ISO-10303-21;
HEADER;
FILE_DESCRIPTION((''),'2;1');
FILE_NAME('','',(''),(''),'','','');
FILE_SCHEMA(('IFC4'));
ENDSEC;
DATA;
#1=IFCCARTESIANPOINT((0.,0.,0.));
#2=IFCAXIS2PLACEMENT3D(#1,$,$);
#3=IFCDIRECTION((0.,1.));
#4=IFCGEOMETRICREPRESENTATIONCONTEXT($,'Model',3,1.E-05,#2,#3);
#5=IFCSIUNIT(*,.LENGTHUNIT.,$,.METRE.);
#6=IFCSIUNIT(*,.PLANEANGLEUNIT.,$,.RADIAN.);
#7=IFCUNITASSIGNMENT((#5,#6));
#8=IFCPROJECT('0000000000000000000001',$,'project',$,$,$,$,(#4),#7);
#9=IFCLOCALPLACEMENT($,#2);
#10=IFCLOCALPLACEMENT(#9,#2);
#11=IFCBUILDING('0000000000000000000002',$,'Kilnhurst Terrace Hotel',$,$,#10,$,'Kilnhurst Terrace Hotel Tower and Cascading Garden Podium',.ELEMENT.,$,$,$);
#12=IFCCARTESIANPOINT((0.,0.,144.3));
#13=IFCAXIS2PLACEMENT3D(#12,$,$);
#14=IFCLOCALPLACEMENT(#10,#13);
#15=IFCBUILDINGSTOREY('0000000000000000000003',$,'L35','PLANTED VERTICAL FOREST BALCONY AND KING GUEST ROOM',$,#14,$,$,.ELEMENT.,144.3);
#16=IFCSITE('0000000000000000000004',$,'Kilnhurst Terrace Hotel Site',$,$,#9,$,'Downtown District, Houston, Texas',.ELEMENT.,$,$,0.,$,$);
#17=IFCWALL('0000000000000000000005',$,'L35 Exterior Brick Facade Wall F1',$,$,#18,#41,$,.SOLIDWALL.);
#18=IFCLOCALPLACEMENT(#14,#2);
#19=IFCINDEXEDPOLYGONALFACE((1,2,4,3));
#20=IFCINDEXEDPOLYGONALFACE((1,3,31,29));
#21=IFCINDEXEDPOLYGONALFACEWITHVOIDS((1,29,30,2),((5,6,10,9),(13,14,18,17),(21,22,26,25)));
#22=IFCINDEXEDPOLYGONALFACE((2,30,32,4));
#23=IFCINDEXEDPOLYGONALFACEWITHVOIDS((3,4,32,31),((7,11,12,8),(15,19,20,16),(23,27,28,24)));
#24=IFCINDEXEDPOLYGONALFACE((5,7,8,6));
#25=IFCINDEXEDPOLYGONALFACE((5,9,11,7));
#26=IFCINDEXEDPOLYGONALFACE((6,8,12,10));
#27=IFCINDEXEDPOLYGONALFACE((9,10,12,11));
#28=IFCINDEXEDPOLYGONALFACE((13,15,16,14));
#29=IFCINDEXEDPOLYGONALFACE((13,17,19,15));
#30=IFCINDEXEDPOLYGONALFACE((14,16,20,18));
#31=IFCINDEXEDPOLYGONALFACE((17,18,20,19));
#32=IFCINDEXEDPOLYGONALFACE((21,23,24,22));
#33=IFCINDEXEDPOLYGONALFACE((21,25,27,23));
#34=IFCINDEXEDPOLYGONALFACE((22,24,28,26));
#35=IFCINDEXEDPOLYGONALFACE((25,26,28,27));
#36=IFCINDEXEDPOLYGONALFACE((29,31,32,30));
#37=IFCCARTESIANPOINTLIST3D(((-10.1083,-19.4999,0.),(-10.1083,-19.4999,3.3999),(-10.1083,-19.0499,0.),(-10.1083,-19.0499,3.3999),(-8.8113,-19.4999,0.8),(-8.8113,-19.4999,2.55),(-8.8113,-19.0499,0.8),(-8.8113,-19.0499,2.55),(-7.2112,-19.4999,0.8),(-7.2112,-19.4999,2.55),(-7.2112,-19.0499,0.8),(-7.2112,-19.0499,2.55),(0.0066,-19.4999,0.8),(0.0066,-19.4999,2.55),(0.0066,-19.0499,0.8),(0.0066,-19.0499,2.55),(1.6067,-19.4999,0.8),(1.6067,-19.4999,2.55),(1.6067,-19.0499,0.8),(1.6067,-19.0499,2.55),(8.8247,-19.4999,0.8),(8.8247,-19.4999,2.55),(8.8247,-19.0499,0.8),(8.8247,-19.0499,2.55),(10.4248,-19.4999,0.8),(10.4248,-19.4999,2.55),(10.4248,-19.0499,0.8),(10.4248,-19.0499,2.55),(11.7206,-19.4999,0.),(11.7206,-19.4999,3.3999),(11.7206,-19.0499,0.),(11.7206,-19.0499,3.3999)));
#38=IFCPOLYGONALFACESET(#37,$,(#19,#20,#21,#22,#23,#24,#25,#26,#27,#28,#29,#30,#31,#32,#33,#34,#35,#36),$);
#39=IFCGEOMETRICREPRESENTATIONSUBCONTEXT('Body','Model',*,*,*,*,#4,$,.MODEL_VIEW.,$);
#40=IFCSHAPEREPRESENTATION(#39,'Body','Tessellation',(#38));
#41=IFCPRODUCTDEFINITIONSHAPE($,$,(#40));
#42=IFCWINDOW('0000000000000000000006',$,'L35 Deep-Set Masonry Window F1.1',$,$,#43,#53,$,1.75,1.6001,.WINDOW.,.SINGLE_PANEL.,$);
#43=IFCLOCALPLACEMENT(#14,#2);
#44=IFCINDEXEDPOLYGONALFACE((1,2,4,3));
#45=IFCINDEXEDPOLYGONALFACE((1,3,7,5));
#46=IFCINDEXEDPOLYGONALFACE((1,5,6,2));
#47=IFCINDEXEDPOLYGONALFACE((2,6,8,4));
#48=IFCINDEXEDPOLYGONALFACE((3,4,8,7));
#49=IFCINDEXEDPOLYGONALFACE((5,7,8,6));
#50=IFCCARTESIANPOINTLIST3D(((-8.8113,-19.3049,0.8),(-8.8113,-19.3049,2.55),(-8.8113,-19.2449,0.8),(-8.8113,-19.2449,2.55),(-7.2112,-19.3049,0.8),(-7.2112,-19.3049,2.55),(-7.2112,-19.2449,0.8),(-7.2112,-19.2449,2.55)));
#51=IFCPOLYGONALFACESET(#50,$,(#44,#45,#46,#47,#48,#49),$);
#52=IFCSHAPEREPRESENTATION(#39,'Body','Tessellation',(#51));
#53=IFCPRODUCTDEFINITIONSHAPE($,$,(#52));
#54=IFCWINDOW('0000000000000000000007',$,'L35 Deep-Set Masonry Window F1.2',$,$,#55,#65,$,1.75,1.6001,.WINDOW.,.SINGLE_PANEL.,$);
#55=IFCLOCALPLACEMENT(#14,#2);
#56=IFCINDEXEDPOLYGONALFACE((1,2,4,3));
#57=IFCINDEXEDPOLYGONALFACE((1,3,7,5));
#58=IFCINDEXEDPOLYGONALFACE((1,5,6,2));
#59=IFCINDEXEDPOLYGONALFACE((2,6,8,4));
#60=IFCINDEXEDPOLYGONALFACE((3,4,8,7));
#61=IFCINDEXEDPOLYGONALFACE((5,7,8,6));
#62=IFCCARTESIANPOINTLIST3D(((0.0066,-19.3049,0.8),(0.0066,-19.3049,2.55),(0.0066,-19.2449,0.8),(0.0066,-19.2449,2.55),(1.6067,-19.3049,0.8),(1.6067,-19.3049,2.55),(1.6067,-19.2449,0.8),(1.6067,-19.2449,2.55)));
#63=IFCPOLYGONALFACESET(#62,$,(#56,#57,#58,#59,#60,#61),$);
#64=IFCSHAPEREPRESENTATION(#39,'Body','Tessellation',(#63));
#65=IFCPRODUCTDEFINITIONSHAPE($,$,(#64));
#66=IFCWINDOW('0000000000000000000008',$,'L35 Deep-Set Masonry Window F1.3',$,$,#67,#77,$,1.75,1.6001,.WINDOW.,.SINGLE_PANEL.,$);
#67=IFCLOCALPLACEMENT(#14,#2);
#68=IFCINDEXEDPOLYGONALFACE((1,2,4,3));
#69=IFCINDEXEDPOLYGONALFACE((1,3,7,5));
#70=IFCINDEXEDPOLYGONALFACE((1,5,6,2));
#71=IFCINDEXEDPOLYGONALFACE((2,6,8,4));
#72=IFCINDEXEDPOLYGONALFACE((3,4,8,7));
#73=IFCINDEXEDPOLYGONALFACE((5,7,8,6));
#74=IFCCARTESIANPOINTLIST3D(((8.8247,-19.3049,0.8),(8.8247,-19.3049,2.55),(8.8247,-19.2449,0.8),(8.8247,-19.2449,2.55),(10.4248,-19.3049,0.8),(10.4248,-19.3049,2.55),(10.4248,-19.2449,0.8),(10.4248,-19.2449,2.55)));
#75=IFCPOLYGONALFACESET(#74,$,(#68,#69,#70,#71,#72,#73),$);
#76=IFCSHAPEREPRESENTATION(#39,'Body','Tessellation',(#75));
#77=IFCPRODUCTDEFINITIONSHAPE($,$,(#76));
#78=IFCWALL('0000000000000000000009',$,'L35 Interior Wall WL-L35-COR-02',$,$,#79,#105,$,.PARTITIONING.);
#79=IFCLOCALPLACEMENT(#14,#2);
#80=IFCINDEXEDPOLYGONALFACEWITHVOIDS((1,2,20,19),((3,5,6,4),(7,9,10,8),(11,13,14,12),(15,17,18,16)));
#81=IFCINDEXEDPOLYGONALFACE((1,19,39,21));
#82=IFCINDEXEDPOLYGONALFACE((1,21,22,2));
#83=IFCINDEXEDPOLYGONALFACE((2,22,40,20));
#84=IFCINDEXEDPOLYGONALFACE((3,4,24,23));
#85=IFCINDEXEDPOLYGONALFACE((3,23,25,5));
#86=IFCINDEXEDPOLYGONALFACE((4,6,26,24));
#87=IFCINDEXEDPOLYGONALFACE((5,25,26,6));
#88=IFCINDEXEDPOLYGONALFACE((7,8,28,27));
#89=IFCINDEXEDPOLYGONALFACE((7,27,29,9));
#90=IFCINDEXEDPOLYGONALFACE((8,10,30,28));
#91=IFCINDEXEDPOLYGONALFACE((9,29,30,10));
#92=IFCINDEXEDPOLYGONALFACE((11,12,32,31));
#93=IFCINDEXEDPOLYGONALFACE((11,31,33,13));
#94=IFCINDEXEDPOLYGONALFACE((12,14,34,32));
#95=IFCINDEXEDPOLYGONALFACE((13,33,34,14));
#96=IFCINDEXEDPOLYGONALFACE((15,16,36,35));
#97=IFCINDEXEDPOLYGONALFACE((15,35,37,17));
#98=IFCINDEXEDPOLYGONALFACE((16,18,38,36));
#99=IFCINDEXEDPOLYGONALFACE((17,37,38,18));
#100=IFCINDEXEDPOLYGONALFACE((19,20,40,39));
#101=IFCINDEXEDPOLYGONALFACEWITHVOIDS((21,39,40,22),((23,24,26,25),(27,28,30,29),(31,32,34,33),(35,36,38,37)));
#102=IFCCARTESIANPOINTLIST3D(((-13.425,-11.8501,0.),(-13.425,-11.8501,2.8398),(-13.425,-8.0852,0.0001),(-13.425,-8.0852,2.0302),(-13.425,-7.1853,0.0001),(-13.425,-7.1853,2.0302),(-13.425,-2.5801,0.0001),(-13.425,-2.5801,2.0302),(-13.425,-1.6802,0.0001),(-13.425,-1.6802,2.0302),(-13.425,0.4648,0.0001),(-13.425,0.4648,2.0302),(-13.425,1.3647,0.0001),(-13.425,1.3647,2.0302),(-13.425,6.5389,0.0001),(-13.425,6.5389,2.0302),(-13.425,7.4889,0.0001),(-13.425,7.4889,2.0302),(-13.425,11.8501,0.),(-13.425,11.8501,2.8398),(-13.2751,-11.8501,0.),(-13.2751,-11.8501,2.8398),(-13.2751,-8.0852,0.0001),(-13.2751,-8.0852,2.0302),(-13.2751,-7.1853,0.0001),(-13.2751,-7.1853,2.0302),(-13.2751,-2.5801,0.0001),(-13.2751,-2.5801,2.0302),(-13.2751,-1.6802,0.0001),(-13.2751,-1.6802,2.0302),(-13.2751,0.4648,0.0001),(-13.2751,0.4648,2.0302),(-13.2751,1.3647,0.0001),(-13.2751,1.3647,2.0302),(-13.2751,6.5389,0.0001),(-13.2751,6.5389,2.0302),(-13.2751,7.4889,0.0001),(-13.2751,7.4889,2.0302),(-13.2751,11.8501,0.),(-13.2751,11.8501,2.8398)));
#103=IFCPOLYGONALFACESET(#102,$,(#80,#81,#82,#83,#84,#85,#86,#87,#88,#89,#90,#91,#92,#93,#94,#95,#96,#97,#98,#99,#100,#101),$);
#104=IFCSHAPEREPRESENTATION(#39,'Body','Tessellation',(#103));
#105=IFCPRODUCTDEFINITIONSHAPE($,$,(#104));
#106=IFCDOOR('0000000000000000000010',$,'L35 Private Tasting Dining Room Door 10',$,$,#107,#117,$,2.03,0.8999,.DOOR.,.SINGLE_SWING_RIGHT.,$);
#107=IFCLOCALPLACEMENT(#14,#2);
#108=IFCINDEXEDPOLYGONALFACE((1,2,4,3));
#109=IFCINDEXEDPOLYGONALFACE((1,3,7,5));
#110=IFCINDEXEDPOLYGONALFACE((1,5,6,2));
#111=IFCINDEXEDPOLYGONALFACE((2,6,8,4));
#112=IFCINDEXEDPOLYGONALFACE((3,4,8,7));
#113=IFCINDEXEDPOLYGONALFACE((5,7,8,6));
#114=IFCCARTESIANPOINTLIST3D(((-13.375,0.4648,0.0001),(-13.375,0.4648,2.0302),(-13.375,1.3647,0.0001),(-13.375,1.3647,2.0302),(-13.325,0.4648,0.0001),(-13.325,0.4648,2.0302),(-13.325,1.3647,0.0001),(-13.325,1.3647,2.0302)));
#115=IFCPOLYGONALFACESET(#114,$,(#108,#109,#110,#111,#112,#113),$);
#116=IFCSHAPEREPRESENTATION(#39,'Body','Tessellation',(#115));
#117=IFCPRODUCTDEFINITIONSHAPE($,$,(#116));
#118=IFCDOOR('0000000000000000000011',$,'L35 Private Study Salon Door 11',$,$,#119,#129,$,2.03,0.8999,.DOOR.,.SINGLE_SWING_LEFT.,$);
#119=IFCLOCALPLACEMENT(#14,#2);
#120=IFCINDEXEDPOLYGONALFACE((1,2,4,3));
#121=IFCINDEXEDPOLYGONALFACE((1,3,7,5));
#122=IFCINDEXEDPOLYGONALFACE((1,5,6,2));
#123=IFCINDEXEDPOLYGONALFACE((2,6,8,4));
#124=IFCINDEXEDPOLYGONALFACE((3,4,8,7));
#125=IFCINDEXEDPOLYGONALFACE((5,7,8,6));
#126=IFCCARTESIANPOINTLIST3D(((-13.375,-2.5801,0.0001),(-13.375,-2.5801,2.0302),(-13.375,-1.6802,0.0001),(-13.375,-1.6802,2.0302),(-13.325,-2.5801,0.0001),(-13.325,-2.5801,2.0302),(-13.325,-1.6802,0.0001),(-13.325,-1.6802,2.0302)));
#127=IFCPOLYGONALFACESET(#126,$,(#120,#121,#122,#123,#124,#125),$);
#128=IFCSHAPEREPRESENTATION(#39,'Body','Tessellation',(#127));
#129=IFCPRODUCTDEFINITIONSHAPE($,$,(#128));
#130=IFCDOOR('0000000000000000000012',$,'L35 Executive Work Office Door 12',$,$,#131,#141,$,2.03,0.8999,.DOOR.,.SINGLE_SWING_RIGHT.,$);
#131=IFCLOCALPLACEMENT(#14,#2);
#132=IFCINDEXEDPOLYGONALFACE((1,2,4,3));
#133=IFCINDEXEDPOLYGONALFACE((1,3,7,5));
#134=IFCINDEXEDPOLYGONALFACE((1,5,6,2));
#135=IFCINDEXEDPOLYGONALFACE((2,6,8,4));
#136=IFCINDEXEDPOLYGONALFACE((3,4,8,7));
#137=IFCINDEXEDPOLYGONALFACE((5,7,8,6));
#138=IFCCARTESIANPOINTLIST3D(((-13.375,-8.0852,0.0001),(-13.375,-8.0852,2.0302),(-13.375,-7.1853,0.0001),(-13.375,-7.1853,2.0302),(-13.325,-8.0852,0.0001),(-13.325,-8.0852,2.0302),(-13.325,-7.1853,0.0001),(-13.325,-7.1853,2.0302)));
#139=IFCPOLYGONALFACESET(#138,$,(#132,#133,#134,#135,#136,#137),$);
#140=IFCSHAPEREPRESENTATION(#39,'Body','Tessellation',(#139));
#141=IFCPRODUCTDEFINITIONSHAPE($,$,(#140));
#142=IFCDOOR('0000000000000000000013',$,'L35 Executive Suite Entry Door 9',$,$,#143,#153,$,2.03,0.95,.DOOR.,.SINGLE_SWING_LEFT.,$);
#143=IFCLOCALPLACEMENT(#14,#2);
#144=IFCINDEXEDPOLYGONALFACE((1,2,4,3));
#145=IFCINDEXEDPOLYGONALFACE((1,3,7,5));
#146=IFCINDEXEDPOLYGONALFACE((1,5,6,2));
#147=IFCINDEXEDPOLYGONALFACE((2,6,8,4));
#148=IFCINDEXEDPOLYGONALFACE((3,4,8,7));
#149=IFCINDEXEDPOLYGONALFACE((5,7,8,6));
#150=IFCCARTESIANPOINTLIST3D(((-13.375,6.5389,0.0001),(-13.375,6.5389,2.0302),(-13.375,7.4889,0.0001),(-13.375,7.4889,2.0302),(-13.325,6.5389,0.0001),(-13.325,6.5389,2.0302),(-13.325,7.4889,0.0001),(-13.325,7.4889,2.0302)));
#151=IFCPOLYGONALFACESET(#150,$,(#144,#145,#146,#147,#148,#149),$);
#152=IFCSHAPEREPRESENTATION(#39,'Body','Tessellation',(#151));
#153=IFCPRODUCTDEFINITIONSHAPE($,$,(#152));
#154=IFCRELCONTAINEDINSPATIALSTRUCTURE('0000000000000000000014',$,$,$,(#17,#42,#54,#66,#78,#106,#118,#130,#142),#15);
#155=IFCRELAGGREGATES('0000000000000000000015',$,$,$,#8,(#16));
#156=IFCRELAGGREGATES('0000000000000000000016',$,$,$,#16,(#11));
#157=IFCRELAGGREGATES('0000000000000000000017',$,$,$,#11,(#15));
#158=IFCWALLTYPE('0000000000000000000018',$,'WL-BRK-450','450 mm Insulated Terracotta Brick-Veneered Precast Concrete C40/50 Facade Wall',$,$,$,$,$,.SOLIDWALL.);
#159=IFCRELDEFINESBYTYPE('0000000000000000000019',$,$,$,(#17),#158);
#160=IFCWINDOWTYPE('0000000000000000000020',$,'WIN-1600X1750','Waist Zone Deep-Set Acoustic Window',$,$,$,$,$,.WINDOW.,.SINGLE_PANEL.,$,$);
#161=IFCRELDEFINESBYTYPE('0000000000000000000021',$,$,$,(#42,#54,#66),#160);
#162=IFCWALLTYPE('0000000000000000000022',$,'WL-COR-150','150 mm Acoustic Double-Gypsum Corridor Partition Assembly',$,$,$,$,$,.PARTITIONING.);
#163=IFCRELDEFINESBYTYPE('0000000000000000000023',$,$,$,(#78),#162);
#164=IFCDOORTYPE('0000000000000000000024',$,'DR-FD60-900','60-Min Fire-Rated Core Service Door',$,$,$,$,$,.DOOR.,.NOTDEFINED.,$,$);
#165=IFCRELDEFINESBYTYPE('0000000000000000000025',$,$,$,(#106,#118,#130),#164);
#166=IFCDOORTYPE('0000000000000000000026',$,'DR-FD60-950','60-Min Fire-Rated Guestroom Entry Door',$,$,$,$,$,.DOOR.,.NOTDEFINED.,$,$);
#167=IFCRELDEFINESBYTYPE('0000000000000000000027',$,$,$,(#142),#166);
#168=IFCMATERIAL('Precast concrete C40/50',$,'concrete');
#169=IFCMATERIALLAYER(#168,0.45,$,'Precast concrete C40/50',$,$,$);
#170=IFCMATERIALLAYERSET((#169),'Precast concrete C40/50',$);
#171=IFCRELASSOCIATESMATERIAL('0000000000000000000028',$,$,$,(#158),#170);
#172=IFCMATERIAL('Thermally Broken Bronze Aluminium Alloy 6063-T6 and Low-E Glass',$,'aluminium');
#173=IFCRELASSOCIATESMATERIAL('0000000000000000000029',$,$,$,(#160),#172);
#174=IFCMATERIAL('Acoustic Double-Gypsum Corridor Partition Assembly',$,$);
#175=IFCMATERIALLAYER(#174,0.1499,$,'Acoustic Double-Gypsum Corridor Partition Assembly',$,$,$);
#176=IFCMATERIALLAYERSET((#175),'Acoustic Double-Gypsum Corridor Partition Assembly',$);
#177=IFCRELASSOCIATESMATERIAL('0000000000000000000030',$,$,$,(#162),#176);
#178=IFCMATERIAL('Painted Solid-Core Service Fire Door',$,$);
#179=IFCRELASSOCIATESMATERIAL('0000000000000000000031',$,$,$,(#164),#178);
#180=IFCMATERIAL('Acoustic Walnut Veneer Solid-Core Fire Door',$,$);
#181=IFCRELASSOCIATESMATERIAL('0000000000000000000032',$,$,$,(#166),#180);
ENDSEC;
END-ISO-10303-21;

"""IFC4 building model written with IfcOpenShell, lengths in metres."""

from ifc_helpers import new_model, si_unit, direction, frame, frame_2d, origin, place, context, subcontext, project, spatial, rectangle, extrude, material, layer, layer_set, type_object, element, fill, save


model = new_model("IFC4")

# Units and contexts
model_context = context("Model", 3, precision=1e-05, world=origin(), true_north=direction((0.0, 1.0)))
body_context = subcontext(model_context, "Body", "Model", "MODEL_VIEW")
ifc_project = project(units=[si_unit("LENGTHUNIT", "METRE"), si_unit("PLANEANGLEUNIT", "RADIAN")], contexts=[model_context])

# Site, building, storey
site_placement = place(None, origin())
site = spatial("IfcSite", under=ifc_project, at=site_placement, Name="Kilnhurst Terrace Hotel Site", LongName="Downtown District, Houston, Texas", CompositionType="ELEMENT", RefElevation=0.0)
building_placement = place(site_placement, origin())
building = spatial("IfcBuilding", under=site, at=building_placement, Name="Kilnhurst Terrace Hotel", LongName="Kilnhurst Terrace Hotel Tower and Cascading Garden Podium", CompositionType="ELEMENT")
storey_placement = place(building_placement, frame((0.0, 0.0, 144.3)))
storey = spatial("IfcBuildingStorey", under=building, at=storey_placement, Name="L35", Description="PLANTED VERTICAL FOREST BALCONY AND KING GUEST ROOM", CompositionType="ELEMENT", Elevation=144.3)

# Shared definitions
ifc_material_1 = material(Name="Precast concrete C40/50", Category="concrete")
ifc_layer_1 = layer(ifc_material_1, 0.45, Name="Precast concrete C40/50")
ifc_layer_set_1 = layer_set([ifc_layer_1], Name="Precast concrete C40/50")
wall_type_1 = type_object("IfcWallType", Name="WL-BRK-450", Description="450 mm Insulated Terracotta Brick-Veneered Precast Concrete C40/50 Facade Wall", PredefinedType="SOLIDWALL", material=ifc_layer_set_1)

# Wall, openings, windows
wall_1_placement = place(storey_placement, frame((-10.1084, -19.2749, 0.0), z_axis=(0.0, 0.0, 1.0), x_axis=(1.0, 0.0, 0.0)))
wall_1 = element("IfcWall", 1, at=wall_1_placement, inside=storey, type_object=wall_type_1, Name="L35 Exterior Brick Facade Wall F1", PredefinedType="SOLIDWALL", context=body_context, shape_type="SweptSolid", body=[
    extrude(rectangle(XDim=21.8289, YDim=0.45, at=frame_2d((10.9146, 0.0))), origin(), (0.0, 0.0, 1.0), 3.3999),
])
opening_1_placement = place(wall_1_placement, frame((1.2971, 0.0, 0.8)))
opening_1 = element("IfcOpeningElement", 2, at=opening_1_placement, cuts=wall_1, PredefinedType="OPENING", context=body_context, shape_type="SweptSolid", body=[
    extrude(rectangle(XDim=1.6001, YDim=1.75, at=frame_2d((0.8, 0.875))), frame((0.0, 0.2349, 0.0), z_axis=(0.0, -1.0, 0.0), x_axis=(1.0, 0.0, 0.0)), (0.0, 0.0, 1.0), 0.47),
])
opening_2_placement = place(wall_1_placement, frame((10.115, 0.0, 0.8)))
opening_2 = element("IfcOpeningElement", 3, at=opening_2_placement, cuts=wall_1, PredefinedType="OPENING", context=body_context, shape_type="SweptSolid", body=[
    extrude(rectangle(XDim=1.6001, YDim=1.75, at=frame_2d((0.8, 0.875))), frame((0.0, 0.2349, 0.0), z_axis=(0.0, -1.0, 0.0), x_axis=(1.0, 0.0, 0.0)), (0.0, 0.0, 1.0), 0.47),
])
opening_3_placement = place(wall_1_placement, frame((18.9331, 0.0, 0.8)))
opening_3 = element("IfcOpeningElement", 4, at=opening_3_placement, cuts=wall_1, PredefinedType="OPENING", context=body_context, shape_type="SweptSolid", body=[
    extrude(rectangle(XDim=1.6001, YDim=1.75, at=frame_2d((0.8, 0.875))), frame((0.0, 0.2349, 0.0), z_axis=(0.0, -1.0, 0.0), x_axis=(1.0, 0.0, 0.0)), (0.0, 0.0, 1.0), 0.47),
])
ifc_material_2 = material(Name="Thermally Broken Bronze Aluminium Alloy 6063-T6 and Low-E Glass", Category="aluminium")
window_type = type_object("IfcWindowType", Name="WIN-1600X1750", Description="Waist Zone Deep-Set Acoustic Window", PartitioningType="SINGLE_PANEL", PredefinedType="WINDOW", material=ifc_material_2)
window_1_placement = place(opening_1_placement, origin())
window_1 = element("IfcWindow", 5, at=window_1_placement, inside=storey, type_object=window_type, Name="L35 Deep-Set Masonry Window F1.1", OverallHeight=1.75, OverallWidth=1.6001, PartitioningType="SINGLE_PANEL", PredefinedType="WINDOW", context=body_context, shape_type="SweptSolid", body=[
    extrude(rectangle(XDim=1.6001, YDim=1.75, at=frame_2d((0.8, 0.875))), frame((0.0, 0.03, 0.0), z_axis=(0.0, -1.0, 0.0), x_axis=(1.0, 0.0, 0.0)), (0.0, 0.0, 1.0), 0.0601),
])
fill(opening_1, window_1)
window_2_placement = place(opening_2_placement, origin())
window_2 = element("IfcWindow", 6, at=window_2_placement, inside=storey, type_object=window_type, Name="L35 Deep-Set Masonry Window F1.2", OverallHeight=1.75, OverallWidth=1.6001, PartitioningType="SINGLE_PANEL", PredefinedType="WINDOW", context=body_context, shape_type="SweptSolid", body=[
    extrude(rectangle(XDim=1.6001, YDim=1.75, at=frame_2d((0.8, 0.875))), frame((0.0, 0.03, 0.0), z_axis=(0.0, -1.0, 0.0), x_axis=(1.0, 0.0, 0.0)), (0.0, 0.0, 1.0), 0.0601),
])
fill(opening_2, window_2)
window_3_placement = place(opening_3_placement, origin())
window_3 = element("IfcWindow", 7, at=window_3_placement, inside=storey, type_object=window_type, Name="L35 Deep-Set Masonry Window F1.3", OverallHeight=1.75, OverallWidth=1.6001, PartitioningType="SINGLE_PANEL", PredefinedType="WINDOW", context=body_context, shape_type="SweptSolid", body=[
    extrude(rectangle(XDim=1.6001, YDim=1.75, at=frame_2d((0.8, 0.875))), frame((0.0, 0.03, 0.0), z_axis=(0.0, -1.0, 0.0), x_axis=(1.0, 0.0, 0.0)), (0.0, 0.0, 1.0), 0.0601),
])
fill(opening_3, window_3)

# Wall, openings, doors
ifc_material_3 = material(Name="Acoustic Double-Gypsum Corridor Partition Assembly")
ifc_layer_2 = layer(ifc_material_3, 0.1499, Name="Acoustic Double-Gypsum Corridor Partition Assembly")
ifc_layer_set_2 = layer_set([ifc_layer_2], Name="Acoustic Double-Gypsum Corridor Partition Assembly")
wall_type_2 = type_object("IfcWallType", Name="WL-COR-150", Description="150 mm Acoustic Double-Gypsum Corridor Partition Assembly", PredefinedType="PARTITIONING", material=ifc_layer_set_2)
wall_2_placement = place(storey_placement, frame((-13.3501, -11.8501, 0.0), z_axis=(0.0, 0.0, 1.0), x_axis=(0.0, 1.0, 0.0)))
wall_2 = element("IfcWall", 8, at=wall_2_placement, inside=storey, type_object=wall_type_2, Name="L35 Interior Wall WL-L35-COR-02", PredefinedType="PARTITIONING", context=body_context, shape_type="SweptSolid", body=[
    extrude(rectangle(XDim=23.7002, YDim=0.1499, at=frame_2d((11.8501, 0.0))), origin(), (0.0, 0.0, 1.0), 2.8398),
])
opening_4_placement = place(wall_2_placement, frame((18.3889, 0.0, 0.0)))
opening_4 = element("IfcOpeningElement", 9, at=opening_4_placement, cuts=wall_2, PredefinedType="OPENING", context=body_context, shape_type="SweptSolid", body=[
    extrude(rectangle(XDim=0.95, YDim=2.03, at=frame_2d((0.4751, 1.0151))), frame((0.0, 0.085, 0.0), z_axis=(0.0, -1.0, 0.0), x_axis=(1.0, 0.0, 0.0)), (0.0, 0.0, 1.0), 0.1699),
])
opening_5_placement = place(wall_2_placement, frame((12.3149, 0.0, 0.0)))
opening_5 = element("IfcOpeningElement", 10, at=opening_5_placement, cuts=wall_2, PredefinedType="OPENING", context=body_context, shape_type="SweptSolid", body=[
    extrude(rectangle(XDim=0.8999, YDim=2.03, at=frame_2d((0.45, 1.0151))), frame((0.0, 0.085, 0.0), z_axis=(0.0, -1.0, 0.0), x_axis=(1.0, 0.0, 0.0)), (0.0, 0.0, 1.0), 0.1699),
])
opening_6_placement = place(wall_2_placement, frame((9.27, 0.0, 0.0)))
opening_6 = element("IfcOpeningElement", 11, at=opening_6_placement, cuts=wall_2, PredefinedType="OPENING", context=body_context, shape_type="SweptSolid", body=[
    extrude(rectangle(XDim=0.8999, YDim=2.03, at=frame_2d((0.45, 1.0151))), frame((0.0, 0.085, 0.0), z_axis=(0.0, -1.0, 0.0), x_axis=(1.0, 0.0, 0.0)), (0.0, 0.0, 1.0), 0.1699),
])
opening_7_placement = place(wall_2_placement, frame((3.7649, 0.0, 0.0)))
opening_7 = element("IfcOpeningElement", 12, at=opening_7_placement, cuts=wall_2, PredefinedType="OPENING", context=body_context, shape_type="SweptSolid", body=[
    extrude(rectangle(XDim=0.8999, YDim=2.03, at=frame_2d((0.45, 1.0151))), frame((0.0, 0.085, 0.0), z_axis=(0.0, -1.0, 0.0), x_axis=(1.0, 0.0, 0.0)), (0.0, 0.0, 1.0), 0.1699),
])
ifc_material_4 = material(Name="Painted Solid-Core Service Fire Door")
door_type_1 = type_object("IfcDoorType", Name="DR-FD60-900", Description="60-Min Fire-Rated Core Service Door", OperationType="NOTDEFINED", PredefinedType="DOOR", material=ifc_material_4)
door_1_placement = place(opening_5_placement, origin())
door_1 = element("IfcDoor", 13, at=door_1_placement, inside=storey, type_object=door_type_1, Name="L35 Private Tasting Dining Room Door 10", OperationType="SINGLE_SWING_RIGHT", OverallHeight=2.03, OverallWidth=0.8999, PredefinedType="DOOR", context=body_context, shape_type="SweptSolid", body=[
    extrude(rectangle(XDim=0.8999, YDim=2.03, at=frame_2d((0.45, 1.0151))), frame((0.0, 0.0249, 0.0), z_axis=(0.0, -1.0, 0.0), x_axis=(1.0, 0.0, 0.0)), (0.0, 0.0, 1.0), 0.05),
])
fill(opening_5, door_1)
door_2_placement = place(opening_6_placement, origin())
door_2 = element("IfcDoor", 14, at=door_2_placement, inside=storey, type_object=door_type_1, Name="L35 Private Study Salon Door 11", OperationType="SINGLE_SWING_LEFT", OverallHeight=2.03, OverallWidth=0.8999, PredefinedType="DOOR", context=body_context, shape_type="SweptSolid", body=[
    extrude(rectangle(XDim=0.8999, YDim=2.03, at=frame_2d((0.45, 1.0151))), frame((0.0, 0.0249, 0.0), z_axis=(0.0, -1.0, 0.0), x_axis=(1.0, 0.0, 0.0)), (0.0, 0.0, 1.0), 0.05),
])
fill(opening_6, door_2)
door_3_placement = place(opening_7_placement, origin())
door_3 = element("IfcDoor", 15, at=door_3_placement, inside=storey, type_object=door_type_1, Name="L35 Executive Work Office Door 12", OperationType="SINGLE_SWING_RIGHT", OverallHeight=2.03, OverallWidth=0.8999, PredefinedType="DOOR", context=body_context, shape_type="SweptSolid", body=[
    extrude(rectangle(XDim=0.8999, YDim=2.03, at=frame_2d((0.45, 1.0151))), frame((0.0, 0.0249, 0.0), z_axis=(0.0, -1.0, 0.0), x_axis=(1.0, 0.0, 0.0)), (0.0, 0.0, 1.0), 0.05),
])
fill(opening_7, door_3)
ifc_material_5 = material(Name="Acoustic Walnut Veneer Solid-Core Fire Door")
door_type_2 = type_object("IfcDoorType", Name="DR-FD60-950", Description="60-Min Fire-Rated Guestroom Entry Door", OperationType="NOTDEFINED", PredefinedType="DOOR", material=ifc_material_5)
door_4_placement = place(opening_4_placement, origin())
door_4 = element("IfcDoor", 16, at=door_4_placement, inside=storey, type_object=door_type_2, Name="L35 Executive Suite Entry Door 9", OperationType="SINGLE_SWING_LEFT", OverallHeight=2.03, OverallWidth=0.95, PredefinedType="DOOR", context=body_context, shape_type="SweptSolid", body=[
    extrude(rectangle(XDim=0.95, YDim=2.03, at=frame_2d((0.4751, 1.0151))), frame((0.0, 0.0249, 0.0), z_axis=(0.0, -1.0, 0.0), x_axis=(1.0, 0.0, 0.0)), (0.0, 0.0, 1.0), 0.05),
])
fill(opening_4, door_4)

save(model, "model.ifc")
